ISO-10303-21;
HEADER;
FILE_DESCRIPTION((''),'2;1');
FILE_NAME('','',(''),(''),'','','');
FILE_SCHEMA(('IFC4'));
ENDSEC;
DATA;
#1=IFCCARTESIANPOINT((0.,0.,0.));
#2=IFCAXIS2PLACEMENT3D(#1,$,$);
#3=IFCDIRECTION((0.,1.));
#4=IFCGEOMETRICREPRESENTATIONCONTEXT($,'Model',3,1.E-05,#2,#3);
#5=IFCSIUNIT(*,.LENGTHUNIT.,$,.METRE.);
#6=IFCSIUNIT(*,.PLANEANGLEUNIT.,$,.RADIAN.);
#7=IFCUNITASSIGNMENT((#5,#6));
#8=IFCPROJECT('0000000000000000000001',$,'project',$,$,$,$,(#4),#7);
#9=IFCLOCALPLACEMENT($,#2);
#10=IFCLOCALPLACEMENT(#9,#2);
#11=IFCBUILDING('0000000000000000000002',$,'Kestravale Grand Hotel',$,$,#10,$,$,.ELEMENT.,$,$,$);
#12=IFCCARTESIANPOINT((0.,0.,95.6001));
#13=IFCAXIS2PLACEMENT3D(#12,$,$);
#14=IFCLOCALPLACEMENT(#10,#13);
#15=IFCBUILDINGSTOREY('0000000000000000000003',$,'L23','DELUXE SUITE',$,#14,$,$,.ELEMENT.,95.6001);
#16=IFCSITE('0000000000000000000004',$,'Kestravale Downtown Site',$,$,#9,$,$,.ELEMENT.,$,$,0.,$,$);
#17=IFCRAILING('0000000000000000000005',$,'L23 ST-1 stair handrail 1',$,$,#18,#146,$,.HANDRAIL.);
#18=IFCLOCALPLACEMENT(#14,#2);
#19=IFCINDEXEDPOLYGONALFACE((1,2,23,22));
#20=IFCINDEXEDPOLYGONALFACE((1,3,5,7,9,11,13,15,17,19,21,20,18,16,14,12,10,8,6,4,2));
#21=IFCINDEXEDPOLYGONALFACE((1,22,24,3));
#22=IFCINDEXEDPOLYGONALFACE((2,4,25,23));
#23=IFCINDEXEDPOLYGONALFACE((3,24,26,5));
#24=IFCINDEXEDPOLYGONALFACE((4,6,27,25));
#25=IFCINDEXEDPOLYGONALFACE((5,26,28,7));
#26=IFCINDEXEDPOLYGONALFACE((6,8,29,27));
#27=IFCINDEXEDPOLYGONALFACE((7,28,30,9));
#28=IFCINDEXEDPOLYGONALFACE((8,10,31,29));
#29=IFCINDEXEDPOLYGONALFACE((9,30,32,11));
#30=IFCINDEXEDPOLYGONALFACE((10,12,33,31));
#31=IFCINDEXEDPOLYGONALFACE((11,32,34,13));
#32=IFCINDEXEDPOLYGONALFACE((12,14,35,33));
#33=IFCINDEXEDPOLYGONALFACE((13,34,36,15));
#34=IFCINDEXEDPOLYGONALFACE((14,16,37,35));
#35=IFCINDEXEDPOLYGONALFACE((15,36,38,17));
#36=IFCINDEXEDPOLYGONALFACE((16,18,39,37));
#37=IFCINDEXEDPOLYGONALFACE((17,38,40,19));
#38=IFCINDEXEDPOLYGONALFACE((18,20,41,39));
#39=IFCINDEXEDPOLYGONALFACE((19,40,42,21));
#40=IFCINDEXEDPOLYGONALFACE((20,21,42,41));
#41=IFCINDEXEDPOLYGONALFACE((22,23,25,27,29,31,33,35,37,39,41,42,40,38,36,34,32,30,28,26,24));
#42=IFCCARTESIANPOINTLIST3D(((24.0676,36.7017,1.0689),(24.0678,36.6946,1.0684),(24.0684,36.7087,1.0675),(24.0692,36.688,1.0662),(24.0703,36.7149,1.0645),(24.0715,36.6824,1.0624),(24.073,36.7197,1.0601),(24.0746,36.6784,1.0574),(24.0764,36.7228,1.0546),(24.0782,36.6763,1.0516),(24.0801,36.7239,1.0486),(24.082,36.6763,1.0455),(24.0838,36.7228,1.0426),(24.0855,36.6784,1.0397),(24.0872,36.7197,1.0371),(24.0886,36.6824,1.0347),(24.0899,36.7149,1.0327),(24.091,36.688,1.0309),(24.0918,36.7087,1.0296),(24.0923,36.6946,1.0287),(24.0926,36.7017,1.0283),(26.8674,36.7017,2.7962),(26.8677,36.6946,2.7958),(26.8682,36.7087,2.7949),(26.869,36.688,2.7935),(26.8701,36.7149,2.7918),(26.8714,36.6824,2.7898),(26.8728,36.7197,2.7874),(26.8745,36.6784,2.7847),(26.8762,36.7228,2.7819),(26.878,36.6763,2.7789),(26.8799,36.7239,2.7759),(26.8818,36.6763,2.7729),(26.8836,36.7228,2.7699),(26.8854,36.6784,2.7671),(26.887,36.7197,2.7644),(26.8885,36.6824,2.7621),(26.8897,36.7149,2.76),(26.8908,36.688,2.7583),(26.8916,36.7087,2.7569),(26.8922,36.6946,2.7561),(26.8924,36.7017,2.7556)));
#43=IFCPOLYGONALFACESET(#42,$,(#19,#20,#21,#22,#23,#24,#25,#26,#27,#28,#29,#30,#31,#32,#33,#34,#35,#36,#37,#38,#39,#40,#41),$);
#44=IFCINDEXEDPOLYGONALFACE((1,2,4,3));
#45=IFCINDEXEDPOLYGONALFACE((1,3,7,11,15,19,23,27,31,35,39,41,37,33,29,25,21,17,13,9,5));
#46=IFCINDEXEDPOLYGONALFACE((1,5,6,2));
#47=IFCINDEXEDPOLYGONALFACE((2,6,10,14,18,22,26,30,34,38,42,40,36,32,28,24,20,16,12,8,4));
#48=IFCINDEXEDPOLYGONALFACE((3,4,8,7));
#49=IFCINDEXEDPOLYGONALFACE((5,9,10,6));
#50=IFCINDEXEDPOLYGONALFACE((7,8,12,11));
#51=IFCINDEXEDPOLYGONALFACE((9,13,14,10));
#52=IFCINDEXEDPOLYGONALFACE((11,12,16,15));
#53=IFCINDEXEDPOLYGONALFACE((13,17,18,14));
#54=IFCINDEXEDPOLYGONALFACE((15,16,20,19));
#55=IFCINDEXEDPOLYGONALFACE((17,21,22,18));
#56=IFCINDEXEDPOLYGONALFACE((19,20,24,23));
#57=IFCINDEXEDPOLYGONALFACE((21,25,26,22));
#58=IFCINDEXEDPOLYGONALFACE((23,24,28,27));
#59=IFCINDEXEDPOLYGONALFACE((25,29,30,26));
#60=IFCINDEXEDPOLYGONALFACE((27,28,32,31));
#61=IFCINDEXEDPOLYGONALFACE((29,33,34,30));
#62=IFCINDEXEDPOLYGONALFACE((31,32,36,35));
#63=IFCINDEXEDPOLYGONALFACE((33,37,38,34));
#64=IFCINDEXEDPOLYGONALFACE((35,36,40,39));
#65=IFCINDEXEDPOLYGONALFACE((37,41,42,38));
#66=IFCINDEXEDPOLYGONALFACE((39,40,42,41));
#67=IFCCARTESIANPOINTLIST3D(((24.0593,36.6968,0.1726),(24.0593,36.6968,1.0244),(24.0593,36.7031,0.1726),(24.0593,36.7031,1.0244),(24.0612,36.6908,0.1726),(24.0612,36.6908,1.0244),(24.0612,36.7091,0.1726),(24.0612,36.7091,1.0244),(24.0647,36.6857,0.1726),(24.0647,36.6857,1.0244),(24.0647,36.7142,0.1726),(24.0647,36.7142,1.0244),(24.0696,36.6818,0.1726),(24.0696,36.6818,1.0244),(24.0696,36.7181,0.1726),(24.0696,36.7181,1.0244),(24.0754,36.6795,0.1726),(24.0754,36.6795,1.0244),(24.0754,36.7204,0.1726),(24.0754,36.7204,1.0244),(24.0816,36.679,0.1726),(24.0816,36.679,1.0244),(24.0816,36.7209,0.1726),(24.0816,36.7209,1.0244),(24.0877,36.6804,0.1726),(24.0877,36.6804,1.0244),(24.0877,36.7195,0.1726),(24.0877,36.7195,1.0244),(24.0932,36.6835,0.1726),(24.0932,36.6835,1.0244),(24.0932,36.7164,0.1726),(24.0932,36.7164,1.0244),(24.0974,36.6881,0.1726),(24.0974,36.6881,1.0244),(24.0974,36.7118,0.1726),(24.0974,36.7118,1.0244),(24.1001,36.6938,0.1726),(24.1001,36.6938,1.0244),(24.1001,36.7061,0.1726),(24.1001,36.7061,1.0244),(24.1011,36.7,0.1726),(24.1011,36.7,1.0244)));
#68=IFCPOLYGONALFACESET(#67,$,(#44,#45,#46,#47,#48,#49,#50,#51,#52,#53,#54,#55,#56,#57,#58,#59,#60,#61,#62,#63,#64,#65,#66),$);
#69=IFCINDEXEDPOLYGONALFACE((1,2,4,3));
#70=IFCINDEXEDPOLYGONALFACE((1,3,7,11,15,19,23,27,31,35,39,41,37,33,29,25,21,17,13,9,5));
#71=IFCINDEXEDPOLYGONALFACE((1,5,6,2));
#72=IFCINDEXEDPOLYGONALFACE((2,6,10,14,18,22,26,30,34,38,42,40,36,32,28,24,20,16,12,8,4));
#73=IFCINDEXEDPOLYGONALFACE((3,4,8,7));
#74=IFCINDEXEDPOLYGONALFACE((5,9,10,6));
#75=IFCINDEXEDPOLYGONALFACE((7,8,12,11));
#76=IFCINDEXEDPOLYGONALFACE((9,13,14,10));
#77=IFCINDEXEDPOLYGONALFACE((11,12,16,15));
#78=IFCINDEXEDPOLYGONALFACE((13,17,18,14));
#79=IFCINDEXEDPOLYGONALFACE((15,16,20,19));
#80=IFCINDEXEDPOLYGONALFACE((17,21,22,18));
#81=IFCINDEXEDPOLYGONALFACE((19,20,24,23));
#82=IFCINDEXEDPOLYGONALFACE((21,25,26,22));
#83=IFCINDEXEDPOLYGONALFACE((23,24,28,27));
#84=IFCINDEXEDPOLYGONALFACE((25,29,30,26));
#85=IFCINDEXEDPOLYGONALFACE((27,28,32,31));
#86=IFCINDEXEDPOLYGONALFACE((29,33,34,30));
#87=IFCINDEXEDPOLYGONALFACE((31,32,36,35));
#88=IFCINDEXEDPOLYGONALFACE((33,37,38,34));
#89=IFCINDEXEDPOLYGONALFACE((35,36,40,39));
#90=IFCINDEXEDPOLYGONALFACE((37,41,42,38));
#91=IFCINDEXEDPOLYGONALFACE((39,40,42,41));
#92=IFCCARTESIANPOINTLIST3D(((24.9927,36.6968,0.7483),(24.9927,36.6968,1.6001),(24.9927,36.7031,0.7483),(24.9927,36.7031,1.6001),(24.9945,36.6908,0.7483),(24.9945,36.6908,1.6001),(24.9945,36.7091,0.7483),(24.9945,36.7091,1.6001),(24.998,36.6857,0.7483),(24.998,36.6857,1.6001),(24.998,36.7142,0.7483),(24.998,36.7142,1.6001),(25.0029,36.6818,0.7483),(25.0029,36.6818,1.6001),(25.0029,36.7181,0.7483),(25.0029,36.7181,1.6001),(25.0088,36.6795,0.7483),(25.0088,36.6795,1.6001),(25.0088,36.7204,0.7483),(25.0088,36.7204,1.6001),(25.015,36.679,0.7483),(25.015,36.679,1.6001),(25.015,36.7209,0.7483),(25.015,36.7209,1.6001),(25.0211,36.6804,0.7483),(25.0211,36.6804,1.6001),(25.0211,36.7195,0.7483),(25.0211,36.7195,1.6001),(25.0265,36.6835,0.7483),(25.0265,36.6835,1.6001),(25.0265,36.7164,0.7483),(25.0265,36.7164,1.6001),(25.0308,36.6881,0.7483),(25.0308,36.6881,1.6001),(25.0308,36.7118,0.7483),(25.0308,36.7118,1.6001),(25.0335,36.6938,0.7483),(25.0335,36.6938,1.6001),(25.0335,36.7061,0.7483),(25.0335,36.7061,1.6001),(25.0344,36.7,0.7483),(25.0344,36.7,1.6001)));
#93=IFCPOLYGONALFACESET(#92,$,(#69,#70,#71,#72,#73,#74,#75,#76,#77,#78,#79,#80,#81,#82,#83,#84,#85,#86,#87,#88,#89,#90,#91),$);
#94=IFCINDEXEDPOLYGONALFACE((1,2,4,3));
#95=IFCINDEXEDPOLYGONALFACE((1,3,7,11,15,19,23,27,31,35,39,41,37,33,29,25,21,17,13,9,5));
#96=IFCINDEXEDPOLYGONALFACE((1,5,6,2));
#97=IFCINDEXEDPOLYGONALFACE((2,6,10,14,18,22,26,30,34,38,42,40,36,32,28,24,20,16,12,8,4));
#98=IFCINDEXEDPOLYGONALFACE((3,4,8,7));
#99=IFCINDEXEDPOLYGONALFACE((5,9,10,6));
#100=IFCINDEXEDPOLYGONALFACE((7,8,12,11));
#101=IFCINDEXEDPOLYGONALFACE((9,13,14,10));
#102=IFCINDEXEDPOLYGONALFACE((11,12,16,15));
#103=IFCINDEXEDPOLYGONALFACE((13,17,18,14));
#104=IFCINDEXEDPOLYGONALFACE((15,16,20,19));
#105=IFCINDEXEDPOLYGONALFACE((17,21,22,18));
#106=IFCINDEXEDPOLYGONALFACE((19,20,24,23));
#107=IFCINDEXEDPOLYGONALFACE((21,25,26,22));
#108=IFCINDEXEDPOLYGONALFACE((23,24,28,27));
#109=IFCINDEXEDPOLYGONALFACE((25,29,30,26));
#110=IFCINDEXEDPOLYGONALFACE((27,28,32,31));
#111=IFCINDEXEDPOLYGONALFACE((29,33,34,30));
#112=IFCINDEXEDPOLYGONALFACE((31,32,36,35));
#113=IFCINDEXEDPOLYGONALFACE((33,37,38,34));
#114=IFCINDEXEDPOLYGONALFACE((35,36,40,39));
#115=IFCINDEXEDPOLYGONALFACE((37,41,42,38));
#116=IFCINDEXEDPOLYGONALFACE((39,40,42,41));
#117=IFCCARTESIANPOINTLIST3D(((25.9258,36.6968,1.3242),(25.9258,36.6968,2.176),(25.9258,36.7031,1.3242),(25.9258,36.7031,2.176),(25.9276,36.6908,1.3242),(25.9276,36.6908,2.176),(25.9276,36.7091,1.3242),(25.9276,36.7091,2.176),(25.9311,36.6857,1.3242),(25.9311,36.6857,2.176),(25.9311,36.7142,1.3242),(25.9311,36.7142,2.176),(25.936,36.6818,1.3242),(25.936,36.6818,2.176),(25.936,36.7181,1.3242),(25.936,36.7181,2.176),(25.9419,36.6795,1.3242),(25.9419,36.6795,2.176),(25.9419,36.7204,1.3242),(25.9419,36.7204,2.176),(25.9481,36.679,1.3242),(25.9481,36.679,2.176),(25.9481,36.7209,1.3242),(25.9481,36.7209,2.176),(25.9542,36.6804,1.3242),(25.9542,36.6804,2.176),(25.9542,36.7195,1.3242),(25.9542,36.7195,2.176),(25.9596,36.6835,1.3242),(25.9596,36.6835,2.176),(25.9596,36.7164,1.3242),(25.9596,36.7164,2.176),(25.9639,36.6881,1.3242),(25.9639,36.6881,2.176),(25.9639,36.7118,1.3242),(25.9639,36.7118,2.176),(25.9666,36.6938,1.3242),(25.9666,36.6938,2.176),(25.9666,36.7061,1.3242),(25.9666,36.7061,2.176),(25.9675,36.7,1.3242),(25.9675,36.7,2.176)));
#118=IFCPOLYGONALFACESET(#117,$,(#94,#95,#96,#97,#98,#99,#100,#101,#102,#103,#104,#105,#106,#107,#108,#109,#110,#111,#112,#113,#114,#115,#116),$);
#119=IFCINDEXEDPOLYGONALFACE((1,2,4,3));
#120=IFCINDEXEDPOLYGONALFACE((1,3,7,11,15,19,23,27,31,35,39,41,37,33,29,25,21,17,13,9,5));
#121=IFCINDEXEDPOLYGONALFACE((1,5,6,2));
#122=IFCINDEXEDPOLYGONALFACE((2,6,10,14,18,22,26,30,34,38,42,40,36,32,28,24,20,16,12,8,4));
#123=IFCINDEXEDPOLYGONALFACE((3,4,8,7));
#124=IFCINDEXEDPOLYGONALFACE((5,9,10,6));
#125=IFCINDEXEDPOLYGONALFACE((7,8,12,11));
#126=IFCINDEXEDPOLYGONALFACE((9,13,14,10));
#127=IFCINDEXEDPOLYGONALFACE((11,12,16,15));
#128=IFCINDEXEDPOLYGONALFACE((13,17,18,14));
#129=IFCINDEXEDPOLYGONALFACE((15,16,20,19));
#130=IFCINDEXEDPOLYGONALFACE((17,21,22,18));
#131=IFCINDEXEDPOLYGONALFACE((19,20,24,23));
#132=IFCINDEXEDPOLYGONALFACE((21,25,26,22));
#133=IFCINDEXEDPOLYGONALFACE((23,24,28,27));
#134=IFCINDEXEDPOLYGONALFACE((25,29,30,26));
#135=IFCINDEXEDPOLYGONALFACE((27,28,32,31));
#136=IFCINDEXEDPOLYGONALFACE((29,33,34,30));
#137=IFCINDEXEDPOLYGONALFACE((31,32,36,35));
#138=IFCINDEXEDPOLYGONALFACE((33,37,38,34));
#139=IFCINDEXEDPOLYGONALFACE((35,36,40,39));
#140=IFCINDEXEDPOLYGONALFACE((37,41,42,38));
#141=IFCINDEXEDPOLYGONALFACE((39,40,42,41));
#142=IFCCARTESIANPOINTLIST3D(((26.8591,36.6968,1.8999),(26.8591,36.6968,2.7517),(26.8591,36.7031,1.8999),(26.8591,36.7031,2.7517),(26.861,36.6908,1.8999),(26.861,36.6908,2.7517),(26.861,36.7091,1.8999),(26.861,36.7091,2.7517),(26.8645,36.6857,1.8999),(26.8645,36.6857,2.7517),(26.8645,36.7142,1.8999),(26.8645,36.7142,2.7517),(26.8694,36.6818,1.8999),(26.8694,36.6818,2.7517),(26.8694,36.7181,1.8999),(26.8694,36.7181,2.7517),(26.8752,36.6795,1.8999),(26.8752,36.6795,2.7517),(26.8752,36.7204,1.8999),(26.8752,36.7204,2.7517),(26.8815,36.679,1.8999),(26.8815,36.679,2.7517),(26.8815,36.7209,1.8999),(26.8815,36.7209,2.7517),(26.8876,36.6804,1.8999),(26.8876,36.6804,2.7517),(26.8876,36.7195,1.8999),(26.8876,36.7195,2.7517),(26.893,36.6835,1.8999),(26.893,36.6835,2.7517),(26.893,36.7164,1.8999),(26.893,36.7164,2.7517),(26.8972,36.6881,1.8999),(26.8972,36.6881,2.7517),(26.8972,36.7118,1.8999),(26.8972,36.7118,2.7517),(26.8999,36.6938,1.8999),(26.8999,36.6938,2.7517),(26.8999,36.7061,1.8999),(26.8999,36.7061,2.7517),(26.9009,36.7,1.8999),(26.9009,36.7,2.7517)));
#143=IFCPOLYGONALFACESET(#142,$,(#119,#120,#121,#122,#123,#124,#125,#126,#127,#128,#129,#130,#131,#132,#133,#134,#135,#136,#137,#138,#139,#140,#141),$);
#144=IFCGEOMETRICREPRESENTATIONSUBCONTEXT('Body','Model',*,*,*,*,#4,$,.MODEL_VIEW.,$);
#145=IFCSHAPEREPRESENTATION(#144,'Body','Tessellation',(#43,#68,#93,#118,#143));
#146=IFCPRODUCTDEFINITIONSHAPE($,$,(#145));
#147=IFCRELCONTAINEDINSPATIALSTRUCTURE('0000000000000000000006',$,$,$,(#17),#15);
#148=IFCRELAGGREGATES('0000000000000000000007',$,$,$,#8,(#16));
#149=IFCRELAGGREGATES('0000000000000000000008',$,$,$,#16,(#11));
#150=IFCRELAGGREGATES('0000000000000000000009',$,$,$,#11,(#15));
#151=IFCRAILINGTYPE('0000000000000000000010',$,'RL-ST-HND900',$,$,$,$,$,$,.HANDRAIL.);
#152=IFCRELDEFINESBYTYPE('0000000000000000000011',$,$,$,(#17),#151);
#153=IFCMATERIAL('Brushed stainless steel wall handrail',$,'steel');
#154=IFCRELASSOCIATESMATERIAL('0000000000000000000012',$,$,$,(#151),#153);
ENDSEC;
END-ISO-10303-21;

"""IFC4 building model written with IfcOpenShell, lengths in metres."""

from ifc_helpers import new_model, si_unit, direction, frame, origin, origin_2d, place, context, subcontext, project, spatial, circle, extrude, material, type_object, element, save


model = new_model("IFC4")

# Units and contexts
model_context = context("Model", 3, precision=1e-05, world=origin(), true_north=direction((0.0, 1.0)))
body_context = subcontext(model_context, "Body", "Model", "MODEL_VIEW")
ifc_project = project(units=[si_unit("LENGTHUNIT", "METRE"), si_unit("PLANEANGLEUNIT", "RADIAN")], contexts=[model_context])

# Site, building, storey
site_placement = place(None, origin())
site = spatial("IfcSite", under=ifc_project, at=site_placement, Name="Kestravale Downtown Site", CompositionType="ELEMENT", RefElevation=0.0)
building_placement = place(site_placement, origin())
building = spatial("IfcBuilding", under=site, at=building_placement, Name="Kestravale Grand Hotel", CompositionType="ELEMENT")
storey_placement = place(building_placement, frame((0.0, 0.0, 95.6001)))
storey = spatial("IfcBuildingStorey", under=building, at=storey_placement, Name="L23", Description="DELUXE SUITE", CompositionType="ELEMENT", Elevation=95.6001)

# Railing
ifc_material_1 = material(Name="Brushed stainless steel wall handrail", Category="steel")
railing_type_1 = type_object("IfcRailingType", Name="RL-ST-HND900", PredefinedType="HANDRAIL", material=ifc_material_1)
railing_1_placement = place(storey_placement, frame((24.0801, 36.7, 0.1726)))
element("IfcRailing", 1, at=railing_1_placement, inside=storey, type_object=railing_type_1, Name="L23 ST-1 stair handrail 1", PredefinedType="HANDRAIL", context=body_context, shape_type="SweptSolid", body=[
    extrude(circle(Radius=0.0239, at=origin_2d()), frame((0.0, 0.0, 0.876), z_axis=(0.851069, 0.0, 0.525054), x_axis=(0.0, 1.0, 0.0)), (0.0, 0.0, 1.0), 3.2898),
    extrude(circle(Radius=0.021, at=origin_2d()), origin(), (0.0, 0.0, 1.0), 0.8518),
    extrude(circle(Radius=0.021, at=origin_2d()), frame((0.9333, 0.0, 0.5757)), (0.0, 0.0, 1.0), 0.8518),
    extrude(circle(Radius=0.021, at=origin_2d()), frame((1.8665, 0.0, 1.1516)), (0.0, 0.0, 1.0), 0.8518),
    extrude(circle(Radius=0.021, at=origin_2d()), frame((2.7998, 0.0, 1.7273)), (0.0, 0.0, 1.0), 0.8518),
])

save(model, "model.ifc")
